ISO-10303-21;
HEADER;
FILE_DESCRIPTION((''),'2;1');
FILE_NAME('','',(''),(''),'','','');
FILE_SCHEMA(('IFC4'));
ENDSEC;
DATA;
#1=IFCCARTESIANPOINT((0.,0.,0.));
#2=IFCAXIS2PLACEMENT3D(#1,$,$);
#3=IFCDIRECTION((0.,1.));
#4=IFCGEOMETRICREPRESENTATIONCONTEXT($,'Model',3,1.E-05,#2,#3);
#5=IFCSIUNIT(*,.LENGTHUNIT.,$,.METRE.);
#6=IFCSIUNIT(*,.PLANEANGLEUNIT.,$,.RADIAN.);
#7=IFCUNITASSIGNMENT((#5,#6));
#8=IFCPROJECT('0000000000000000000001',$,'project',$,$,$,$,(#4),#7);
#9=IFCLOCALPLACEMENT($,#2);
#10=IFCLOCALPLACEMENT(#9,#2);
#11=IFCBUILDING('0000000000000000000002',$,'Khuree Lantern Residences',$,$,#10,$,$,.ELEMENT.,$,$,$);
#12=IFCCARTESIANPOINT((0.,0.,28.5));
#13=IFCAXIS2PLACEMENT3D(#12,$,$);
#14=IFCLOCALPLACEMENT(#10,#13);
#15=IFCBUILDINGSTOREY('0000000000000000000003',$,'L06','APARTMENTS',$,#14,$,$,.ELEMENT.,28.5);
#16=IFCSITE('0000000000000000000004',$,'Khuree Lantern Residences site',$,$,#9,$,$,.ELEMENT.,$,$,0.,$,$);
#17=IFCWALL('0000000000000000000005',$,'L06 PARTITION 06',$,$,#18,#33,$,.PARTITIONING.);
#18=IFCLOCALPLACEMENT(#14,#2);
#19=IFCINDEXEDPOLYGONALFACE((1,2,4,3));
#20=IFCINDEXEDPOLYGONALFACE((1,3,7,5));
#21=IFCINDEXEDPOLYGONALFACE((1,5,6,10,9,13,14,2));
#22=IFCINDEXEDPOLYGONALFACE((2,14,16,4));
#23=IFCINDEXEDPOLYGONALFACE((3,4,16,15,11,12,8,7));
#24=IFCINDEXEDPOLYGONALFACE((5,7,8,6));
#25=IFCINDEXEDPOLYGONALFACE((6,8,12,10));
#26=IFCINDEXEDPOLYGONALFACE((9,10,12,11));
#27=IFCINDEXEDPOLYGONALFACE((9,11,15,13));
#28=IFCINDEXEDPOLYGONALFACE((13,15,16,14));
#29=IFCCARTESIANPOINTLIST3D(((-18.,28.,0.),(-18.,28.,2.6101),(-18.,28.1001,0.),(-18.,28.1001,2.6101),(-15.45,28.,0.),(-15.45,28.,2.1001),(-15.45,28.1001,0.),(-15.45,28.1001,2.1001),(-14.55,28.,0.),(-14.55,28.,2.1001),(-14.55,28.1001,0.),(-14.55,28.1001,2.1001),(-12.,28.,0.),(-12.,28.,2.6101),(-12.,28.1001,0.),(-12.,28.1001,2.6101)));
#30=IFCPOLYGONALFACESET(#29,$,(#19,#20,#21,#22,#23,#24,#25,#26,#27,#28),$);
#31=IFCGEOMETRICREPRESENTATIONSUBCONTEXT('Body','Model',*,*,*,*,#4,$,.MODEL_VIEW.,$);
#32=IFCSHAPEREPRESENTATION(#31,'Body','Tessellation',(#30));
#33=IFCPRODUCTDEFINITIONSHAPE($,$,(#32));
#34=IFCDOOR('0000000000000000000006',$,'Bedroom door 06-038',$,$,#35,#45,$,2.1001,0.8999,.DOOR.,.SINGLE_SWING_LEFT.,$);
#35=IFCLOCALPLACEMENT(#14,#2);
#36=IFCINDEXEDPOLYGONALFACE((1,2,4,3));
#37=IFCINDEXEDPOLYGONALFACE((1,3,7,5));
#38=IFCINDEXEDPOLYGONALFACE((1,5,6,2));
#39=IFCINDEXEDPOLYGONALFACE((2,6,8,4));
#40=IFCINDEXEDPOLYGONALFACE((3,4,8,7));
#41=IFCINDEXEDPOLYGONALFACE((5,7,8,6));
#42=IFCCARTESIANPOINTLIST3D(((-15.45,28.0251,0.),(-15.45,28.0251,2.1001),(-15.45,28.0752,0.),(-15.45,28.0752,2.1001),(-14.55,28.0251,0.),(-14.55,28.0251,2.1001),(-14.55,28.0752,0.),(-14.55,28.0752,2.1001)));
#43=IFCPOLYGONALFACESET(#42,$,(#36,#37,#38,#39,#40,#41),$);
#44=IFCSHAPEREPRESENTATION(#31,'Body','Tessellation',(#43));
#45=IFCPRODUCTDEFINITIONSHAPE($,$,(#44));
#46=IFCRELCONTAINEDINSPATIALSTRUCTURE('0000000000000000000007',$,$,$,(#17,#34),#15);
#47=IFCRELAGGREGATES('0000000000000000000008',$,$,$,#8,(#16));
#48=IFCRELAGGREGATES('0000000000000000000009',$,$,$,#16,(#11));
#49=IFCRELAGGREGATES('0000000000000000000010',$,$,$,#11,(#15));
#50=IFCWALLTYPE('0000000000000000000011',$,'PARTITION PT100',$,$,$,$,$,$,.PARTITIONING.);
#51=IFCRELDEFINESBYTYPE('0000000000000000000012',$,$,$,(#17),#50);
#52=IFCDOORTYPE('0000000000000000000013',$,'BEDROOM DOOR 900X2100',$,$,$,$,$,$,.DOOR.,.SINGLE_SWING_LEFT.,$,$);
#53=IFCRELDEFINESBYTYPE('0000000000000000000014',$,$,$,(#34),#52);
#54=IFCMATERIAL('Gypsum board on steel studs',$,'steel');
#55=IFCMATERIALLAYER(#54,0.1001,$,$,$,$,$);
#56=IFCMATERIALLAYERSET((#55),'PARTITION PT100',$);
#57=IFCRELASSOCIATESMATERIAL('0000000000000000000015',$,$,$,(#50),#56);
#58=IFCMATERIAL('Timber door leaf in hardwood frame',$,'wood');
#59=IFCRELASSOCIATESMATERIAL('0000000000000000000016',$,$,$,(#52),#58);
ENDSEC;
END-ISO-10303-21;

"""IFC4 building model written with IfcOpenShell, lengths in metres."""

from ifc_helpers import new_model, si_unit, direction, frame, frame_2d, origin, place, context, subcontext, project, spatial, rectangle, extrude, material, layer, layer_set, type_object, element, fill, save


model = new_model("IFC4")

# Units and contexts
model_context = context("Model", 3, precision=1e-05, world=origin(), true_north=direction((0.0, 1.0)))
body_context = subcontext(model_context, "Body", "Model", "MODEL_VIEW")
ifc_project = project(units=[si_unit("LENGTHUNIT", "METRE"), si_unit("PLANEANGLEUNIT", "RADIAN")], contexts=[model_context])

# Site, building, storey
site_placement = place(None, origin())
site = spatial("IfcSite", under=ifc_project, at=site_placement, Name="Khuree Lantern Residences site", CompositionType="ELEMENT", RefElevation=0.0)
building_placement = place(site_placement, origin())
building = spatial("IfcBuilding", under=site, at=building_placement, Name="Khuree Lantern Residences", CompositionType="ELEMENT")
storey_placement = place(building_placement, frame((0.0, 0.0, 28.5)))
storey = spatial("IfcBuildingStorey", under=building, at=storey_placement, Name="L06", Description="APARTMENTS", CompositionType="ELEMENT", Elevation=28.5)

# Shared definitions
ifc_material_1 = material(Name="Timber door leaf in hardwood frame", Category="wood")

# Shared definitions
ifc_material_2 = material(Name="Gypsum board on steel studs", Category="steel")

# Shared definitions
ifc_layer_1 = layer(ifc_material_2, 0.1001)
ifc_layer_set_1 = layer_set([ifc_layer_1], Name="PARTITION PT100")
wall_type_1 = type_object("IfcWallType", Name="PARTITION PT100", PredefinedType="PARTITIONING", material=ifc_layer_set_1)

# Wall, opening, door
wall_1_placement = place(storey_placement, frame((-12.0, 28.05, 0.0), z_axis=(0.0, 0.0, 1.0), x_axis=(-1.0, 0.0, 0.0)))
wall_1 = element("IfcWall", 1, at=wall_1_placement, inside=storey, type_object=wall_type_1, Name="L06 PARTITION 06", PredefinedType="PARTITIONING", context=body_context, shape_type="SweptSolid", body=[
    extrude(rectangle(XDim=6.0, YDim=0.1001, at=frame_2d((3.0, 0.0))), origin(), (0.0, 0.0, 1.0), 2.6101),
])
opening_1_placement = place(wall_1_placement, frame((2.55, 0.0, 0.0)))
opening_1 = element("IfcOpeningElement", 2, at=opening_1_placement, cuts=wall_1, PredefinedType="OPENING", context=body_context, shape_type="SweptSolid", body=[
    extrude(rectangle(XDim=0.8999, YDim=2.1001, at=frame_2d((0.45, 1.05))), frame((0.0, 0.0601, 0.0), z_axis=(0.0, -1.0, 0.0), x_axis=(1.0, 0.0, 0.0)), (0.0, 0.0, 1.0), 0.1201),
])
door_type_1 = type_object("IfcDoorType", Name="BEDROOM DOOR 900X2100", OperationType="SINGLE_SWING_LEFT", PredefinedType="DOOR", material=ifc_material_1)
door_1_placement = place(opening_1_placement, origin())
door_1 = element("IfcDoor", 3, at=door_1_placement, inside=storey, type_object=door_type_1, Name="Bedroom door 06-038", OperationType="SINGLE_SWING_LEFT", OverallHeight=2.1001, OverallWidth=0.8999, PredefinedType="DOOR", context=body_context, shape_type="SweptSolid", body=[
    extrude(rectangle(XDim=0.8999, YDim=2.1001, at=frame_2d((0.45, 1.05))), frame((0.0, 0.0249, 0.0), z_axis=(0.0, -1.0, 0.0), x_axis=(1.0, 0.0, 0.0)), (0.0, 0.0, 1.0), 0.05),
])
fill(opening_1, door_1)

save(model, "model.ifc")
